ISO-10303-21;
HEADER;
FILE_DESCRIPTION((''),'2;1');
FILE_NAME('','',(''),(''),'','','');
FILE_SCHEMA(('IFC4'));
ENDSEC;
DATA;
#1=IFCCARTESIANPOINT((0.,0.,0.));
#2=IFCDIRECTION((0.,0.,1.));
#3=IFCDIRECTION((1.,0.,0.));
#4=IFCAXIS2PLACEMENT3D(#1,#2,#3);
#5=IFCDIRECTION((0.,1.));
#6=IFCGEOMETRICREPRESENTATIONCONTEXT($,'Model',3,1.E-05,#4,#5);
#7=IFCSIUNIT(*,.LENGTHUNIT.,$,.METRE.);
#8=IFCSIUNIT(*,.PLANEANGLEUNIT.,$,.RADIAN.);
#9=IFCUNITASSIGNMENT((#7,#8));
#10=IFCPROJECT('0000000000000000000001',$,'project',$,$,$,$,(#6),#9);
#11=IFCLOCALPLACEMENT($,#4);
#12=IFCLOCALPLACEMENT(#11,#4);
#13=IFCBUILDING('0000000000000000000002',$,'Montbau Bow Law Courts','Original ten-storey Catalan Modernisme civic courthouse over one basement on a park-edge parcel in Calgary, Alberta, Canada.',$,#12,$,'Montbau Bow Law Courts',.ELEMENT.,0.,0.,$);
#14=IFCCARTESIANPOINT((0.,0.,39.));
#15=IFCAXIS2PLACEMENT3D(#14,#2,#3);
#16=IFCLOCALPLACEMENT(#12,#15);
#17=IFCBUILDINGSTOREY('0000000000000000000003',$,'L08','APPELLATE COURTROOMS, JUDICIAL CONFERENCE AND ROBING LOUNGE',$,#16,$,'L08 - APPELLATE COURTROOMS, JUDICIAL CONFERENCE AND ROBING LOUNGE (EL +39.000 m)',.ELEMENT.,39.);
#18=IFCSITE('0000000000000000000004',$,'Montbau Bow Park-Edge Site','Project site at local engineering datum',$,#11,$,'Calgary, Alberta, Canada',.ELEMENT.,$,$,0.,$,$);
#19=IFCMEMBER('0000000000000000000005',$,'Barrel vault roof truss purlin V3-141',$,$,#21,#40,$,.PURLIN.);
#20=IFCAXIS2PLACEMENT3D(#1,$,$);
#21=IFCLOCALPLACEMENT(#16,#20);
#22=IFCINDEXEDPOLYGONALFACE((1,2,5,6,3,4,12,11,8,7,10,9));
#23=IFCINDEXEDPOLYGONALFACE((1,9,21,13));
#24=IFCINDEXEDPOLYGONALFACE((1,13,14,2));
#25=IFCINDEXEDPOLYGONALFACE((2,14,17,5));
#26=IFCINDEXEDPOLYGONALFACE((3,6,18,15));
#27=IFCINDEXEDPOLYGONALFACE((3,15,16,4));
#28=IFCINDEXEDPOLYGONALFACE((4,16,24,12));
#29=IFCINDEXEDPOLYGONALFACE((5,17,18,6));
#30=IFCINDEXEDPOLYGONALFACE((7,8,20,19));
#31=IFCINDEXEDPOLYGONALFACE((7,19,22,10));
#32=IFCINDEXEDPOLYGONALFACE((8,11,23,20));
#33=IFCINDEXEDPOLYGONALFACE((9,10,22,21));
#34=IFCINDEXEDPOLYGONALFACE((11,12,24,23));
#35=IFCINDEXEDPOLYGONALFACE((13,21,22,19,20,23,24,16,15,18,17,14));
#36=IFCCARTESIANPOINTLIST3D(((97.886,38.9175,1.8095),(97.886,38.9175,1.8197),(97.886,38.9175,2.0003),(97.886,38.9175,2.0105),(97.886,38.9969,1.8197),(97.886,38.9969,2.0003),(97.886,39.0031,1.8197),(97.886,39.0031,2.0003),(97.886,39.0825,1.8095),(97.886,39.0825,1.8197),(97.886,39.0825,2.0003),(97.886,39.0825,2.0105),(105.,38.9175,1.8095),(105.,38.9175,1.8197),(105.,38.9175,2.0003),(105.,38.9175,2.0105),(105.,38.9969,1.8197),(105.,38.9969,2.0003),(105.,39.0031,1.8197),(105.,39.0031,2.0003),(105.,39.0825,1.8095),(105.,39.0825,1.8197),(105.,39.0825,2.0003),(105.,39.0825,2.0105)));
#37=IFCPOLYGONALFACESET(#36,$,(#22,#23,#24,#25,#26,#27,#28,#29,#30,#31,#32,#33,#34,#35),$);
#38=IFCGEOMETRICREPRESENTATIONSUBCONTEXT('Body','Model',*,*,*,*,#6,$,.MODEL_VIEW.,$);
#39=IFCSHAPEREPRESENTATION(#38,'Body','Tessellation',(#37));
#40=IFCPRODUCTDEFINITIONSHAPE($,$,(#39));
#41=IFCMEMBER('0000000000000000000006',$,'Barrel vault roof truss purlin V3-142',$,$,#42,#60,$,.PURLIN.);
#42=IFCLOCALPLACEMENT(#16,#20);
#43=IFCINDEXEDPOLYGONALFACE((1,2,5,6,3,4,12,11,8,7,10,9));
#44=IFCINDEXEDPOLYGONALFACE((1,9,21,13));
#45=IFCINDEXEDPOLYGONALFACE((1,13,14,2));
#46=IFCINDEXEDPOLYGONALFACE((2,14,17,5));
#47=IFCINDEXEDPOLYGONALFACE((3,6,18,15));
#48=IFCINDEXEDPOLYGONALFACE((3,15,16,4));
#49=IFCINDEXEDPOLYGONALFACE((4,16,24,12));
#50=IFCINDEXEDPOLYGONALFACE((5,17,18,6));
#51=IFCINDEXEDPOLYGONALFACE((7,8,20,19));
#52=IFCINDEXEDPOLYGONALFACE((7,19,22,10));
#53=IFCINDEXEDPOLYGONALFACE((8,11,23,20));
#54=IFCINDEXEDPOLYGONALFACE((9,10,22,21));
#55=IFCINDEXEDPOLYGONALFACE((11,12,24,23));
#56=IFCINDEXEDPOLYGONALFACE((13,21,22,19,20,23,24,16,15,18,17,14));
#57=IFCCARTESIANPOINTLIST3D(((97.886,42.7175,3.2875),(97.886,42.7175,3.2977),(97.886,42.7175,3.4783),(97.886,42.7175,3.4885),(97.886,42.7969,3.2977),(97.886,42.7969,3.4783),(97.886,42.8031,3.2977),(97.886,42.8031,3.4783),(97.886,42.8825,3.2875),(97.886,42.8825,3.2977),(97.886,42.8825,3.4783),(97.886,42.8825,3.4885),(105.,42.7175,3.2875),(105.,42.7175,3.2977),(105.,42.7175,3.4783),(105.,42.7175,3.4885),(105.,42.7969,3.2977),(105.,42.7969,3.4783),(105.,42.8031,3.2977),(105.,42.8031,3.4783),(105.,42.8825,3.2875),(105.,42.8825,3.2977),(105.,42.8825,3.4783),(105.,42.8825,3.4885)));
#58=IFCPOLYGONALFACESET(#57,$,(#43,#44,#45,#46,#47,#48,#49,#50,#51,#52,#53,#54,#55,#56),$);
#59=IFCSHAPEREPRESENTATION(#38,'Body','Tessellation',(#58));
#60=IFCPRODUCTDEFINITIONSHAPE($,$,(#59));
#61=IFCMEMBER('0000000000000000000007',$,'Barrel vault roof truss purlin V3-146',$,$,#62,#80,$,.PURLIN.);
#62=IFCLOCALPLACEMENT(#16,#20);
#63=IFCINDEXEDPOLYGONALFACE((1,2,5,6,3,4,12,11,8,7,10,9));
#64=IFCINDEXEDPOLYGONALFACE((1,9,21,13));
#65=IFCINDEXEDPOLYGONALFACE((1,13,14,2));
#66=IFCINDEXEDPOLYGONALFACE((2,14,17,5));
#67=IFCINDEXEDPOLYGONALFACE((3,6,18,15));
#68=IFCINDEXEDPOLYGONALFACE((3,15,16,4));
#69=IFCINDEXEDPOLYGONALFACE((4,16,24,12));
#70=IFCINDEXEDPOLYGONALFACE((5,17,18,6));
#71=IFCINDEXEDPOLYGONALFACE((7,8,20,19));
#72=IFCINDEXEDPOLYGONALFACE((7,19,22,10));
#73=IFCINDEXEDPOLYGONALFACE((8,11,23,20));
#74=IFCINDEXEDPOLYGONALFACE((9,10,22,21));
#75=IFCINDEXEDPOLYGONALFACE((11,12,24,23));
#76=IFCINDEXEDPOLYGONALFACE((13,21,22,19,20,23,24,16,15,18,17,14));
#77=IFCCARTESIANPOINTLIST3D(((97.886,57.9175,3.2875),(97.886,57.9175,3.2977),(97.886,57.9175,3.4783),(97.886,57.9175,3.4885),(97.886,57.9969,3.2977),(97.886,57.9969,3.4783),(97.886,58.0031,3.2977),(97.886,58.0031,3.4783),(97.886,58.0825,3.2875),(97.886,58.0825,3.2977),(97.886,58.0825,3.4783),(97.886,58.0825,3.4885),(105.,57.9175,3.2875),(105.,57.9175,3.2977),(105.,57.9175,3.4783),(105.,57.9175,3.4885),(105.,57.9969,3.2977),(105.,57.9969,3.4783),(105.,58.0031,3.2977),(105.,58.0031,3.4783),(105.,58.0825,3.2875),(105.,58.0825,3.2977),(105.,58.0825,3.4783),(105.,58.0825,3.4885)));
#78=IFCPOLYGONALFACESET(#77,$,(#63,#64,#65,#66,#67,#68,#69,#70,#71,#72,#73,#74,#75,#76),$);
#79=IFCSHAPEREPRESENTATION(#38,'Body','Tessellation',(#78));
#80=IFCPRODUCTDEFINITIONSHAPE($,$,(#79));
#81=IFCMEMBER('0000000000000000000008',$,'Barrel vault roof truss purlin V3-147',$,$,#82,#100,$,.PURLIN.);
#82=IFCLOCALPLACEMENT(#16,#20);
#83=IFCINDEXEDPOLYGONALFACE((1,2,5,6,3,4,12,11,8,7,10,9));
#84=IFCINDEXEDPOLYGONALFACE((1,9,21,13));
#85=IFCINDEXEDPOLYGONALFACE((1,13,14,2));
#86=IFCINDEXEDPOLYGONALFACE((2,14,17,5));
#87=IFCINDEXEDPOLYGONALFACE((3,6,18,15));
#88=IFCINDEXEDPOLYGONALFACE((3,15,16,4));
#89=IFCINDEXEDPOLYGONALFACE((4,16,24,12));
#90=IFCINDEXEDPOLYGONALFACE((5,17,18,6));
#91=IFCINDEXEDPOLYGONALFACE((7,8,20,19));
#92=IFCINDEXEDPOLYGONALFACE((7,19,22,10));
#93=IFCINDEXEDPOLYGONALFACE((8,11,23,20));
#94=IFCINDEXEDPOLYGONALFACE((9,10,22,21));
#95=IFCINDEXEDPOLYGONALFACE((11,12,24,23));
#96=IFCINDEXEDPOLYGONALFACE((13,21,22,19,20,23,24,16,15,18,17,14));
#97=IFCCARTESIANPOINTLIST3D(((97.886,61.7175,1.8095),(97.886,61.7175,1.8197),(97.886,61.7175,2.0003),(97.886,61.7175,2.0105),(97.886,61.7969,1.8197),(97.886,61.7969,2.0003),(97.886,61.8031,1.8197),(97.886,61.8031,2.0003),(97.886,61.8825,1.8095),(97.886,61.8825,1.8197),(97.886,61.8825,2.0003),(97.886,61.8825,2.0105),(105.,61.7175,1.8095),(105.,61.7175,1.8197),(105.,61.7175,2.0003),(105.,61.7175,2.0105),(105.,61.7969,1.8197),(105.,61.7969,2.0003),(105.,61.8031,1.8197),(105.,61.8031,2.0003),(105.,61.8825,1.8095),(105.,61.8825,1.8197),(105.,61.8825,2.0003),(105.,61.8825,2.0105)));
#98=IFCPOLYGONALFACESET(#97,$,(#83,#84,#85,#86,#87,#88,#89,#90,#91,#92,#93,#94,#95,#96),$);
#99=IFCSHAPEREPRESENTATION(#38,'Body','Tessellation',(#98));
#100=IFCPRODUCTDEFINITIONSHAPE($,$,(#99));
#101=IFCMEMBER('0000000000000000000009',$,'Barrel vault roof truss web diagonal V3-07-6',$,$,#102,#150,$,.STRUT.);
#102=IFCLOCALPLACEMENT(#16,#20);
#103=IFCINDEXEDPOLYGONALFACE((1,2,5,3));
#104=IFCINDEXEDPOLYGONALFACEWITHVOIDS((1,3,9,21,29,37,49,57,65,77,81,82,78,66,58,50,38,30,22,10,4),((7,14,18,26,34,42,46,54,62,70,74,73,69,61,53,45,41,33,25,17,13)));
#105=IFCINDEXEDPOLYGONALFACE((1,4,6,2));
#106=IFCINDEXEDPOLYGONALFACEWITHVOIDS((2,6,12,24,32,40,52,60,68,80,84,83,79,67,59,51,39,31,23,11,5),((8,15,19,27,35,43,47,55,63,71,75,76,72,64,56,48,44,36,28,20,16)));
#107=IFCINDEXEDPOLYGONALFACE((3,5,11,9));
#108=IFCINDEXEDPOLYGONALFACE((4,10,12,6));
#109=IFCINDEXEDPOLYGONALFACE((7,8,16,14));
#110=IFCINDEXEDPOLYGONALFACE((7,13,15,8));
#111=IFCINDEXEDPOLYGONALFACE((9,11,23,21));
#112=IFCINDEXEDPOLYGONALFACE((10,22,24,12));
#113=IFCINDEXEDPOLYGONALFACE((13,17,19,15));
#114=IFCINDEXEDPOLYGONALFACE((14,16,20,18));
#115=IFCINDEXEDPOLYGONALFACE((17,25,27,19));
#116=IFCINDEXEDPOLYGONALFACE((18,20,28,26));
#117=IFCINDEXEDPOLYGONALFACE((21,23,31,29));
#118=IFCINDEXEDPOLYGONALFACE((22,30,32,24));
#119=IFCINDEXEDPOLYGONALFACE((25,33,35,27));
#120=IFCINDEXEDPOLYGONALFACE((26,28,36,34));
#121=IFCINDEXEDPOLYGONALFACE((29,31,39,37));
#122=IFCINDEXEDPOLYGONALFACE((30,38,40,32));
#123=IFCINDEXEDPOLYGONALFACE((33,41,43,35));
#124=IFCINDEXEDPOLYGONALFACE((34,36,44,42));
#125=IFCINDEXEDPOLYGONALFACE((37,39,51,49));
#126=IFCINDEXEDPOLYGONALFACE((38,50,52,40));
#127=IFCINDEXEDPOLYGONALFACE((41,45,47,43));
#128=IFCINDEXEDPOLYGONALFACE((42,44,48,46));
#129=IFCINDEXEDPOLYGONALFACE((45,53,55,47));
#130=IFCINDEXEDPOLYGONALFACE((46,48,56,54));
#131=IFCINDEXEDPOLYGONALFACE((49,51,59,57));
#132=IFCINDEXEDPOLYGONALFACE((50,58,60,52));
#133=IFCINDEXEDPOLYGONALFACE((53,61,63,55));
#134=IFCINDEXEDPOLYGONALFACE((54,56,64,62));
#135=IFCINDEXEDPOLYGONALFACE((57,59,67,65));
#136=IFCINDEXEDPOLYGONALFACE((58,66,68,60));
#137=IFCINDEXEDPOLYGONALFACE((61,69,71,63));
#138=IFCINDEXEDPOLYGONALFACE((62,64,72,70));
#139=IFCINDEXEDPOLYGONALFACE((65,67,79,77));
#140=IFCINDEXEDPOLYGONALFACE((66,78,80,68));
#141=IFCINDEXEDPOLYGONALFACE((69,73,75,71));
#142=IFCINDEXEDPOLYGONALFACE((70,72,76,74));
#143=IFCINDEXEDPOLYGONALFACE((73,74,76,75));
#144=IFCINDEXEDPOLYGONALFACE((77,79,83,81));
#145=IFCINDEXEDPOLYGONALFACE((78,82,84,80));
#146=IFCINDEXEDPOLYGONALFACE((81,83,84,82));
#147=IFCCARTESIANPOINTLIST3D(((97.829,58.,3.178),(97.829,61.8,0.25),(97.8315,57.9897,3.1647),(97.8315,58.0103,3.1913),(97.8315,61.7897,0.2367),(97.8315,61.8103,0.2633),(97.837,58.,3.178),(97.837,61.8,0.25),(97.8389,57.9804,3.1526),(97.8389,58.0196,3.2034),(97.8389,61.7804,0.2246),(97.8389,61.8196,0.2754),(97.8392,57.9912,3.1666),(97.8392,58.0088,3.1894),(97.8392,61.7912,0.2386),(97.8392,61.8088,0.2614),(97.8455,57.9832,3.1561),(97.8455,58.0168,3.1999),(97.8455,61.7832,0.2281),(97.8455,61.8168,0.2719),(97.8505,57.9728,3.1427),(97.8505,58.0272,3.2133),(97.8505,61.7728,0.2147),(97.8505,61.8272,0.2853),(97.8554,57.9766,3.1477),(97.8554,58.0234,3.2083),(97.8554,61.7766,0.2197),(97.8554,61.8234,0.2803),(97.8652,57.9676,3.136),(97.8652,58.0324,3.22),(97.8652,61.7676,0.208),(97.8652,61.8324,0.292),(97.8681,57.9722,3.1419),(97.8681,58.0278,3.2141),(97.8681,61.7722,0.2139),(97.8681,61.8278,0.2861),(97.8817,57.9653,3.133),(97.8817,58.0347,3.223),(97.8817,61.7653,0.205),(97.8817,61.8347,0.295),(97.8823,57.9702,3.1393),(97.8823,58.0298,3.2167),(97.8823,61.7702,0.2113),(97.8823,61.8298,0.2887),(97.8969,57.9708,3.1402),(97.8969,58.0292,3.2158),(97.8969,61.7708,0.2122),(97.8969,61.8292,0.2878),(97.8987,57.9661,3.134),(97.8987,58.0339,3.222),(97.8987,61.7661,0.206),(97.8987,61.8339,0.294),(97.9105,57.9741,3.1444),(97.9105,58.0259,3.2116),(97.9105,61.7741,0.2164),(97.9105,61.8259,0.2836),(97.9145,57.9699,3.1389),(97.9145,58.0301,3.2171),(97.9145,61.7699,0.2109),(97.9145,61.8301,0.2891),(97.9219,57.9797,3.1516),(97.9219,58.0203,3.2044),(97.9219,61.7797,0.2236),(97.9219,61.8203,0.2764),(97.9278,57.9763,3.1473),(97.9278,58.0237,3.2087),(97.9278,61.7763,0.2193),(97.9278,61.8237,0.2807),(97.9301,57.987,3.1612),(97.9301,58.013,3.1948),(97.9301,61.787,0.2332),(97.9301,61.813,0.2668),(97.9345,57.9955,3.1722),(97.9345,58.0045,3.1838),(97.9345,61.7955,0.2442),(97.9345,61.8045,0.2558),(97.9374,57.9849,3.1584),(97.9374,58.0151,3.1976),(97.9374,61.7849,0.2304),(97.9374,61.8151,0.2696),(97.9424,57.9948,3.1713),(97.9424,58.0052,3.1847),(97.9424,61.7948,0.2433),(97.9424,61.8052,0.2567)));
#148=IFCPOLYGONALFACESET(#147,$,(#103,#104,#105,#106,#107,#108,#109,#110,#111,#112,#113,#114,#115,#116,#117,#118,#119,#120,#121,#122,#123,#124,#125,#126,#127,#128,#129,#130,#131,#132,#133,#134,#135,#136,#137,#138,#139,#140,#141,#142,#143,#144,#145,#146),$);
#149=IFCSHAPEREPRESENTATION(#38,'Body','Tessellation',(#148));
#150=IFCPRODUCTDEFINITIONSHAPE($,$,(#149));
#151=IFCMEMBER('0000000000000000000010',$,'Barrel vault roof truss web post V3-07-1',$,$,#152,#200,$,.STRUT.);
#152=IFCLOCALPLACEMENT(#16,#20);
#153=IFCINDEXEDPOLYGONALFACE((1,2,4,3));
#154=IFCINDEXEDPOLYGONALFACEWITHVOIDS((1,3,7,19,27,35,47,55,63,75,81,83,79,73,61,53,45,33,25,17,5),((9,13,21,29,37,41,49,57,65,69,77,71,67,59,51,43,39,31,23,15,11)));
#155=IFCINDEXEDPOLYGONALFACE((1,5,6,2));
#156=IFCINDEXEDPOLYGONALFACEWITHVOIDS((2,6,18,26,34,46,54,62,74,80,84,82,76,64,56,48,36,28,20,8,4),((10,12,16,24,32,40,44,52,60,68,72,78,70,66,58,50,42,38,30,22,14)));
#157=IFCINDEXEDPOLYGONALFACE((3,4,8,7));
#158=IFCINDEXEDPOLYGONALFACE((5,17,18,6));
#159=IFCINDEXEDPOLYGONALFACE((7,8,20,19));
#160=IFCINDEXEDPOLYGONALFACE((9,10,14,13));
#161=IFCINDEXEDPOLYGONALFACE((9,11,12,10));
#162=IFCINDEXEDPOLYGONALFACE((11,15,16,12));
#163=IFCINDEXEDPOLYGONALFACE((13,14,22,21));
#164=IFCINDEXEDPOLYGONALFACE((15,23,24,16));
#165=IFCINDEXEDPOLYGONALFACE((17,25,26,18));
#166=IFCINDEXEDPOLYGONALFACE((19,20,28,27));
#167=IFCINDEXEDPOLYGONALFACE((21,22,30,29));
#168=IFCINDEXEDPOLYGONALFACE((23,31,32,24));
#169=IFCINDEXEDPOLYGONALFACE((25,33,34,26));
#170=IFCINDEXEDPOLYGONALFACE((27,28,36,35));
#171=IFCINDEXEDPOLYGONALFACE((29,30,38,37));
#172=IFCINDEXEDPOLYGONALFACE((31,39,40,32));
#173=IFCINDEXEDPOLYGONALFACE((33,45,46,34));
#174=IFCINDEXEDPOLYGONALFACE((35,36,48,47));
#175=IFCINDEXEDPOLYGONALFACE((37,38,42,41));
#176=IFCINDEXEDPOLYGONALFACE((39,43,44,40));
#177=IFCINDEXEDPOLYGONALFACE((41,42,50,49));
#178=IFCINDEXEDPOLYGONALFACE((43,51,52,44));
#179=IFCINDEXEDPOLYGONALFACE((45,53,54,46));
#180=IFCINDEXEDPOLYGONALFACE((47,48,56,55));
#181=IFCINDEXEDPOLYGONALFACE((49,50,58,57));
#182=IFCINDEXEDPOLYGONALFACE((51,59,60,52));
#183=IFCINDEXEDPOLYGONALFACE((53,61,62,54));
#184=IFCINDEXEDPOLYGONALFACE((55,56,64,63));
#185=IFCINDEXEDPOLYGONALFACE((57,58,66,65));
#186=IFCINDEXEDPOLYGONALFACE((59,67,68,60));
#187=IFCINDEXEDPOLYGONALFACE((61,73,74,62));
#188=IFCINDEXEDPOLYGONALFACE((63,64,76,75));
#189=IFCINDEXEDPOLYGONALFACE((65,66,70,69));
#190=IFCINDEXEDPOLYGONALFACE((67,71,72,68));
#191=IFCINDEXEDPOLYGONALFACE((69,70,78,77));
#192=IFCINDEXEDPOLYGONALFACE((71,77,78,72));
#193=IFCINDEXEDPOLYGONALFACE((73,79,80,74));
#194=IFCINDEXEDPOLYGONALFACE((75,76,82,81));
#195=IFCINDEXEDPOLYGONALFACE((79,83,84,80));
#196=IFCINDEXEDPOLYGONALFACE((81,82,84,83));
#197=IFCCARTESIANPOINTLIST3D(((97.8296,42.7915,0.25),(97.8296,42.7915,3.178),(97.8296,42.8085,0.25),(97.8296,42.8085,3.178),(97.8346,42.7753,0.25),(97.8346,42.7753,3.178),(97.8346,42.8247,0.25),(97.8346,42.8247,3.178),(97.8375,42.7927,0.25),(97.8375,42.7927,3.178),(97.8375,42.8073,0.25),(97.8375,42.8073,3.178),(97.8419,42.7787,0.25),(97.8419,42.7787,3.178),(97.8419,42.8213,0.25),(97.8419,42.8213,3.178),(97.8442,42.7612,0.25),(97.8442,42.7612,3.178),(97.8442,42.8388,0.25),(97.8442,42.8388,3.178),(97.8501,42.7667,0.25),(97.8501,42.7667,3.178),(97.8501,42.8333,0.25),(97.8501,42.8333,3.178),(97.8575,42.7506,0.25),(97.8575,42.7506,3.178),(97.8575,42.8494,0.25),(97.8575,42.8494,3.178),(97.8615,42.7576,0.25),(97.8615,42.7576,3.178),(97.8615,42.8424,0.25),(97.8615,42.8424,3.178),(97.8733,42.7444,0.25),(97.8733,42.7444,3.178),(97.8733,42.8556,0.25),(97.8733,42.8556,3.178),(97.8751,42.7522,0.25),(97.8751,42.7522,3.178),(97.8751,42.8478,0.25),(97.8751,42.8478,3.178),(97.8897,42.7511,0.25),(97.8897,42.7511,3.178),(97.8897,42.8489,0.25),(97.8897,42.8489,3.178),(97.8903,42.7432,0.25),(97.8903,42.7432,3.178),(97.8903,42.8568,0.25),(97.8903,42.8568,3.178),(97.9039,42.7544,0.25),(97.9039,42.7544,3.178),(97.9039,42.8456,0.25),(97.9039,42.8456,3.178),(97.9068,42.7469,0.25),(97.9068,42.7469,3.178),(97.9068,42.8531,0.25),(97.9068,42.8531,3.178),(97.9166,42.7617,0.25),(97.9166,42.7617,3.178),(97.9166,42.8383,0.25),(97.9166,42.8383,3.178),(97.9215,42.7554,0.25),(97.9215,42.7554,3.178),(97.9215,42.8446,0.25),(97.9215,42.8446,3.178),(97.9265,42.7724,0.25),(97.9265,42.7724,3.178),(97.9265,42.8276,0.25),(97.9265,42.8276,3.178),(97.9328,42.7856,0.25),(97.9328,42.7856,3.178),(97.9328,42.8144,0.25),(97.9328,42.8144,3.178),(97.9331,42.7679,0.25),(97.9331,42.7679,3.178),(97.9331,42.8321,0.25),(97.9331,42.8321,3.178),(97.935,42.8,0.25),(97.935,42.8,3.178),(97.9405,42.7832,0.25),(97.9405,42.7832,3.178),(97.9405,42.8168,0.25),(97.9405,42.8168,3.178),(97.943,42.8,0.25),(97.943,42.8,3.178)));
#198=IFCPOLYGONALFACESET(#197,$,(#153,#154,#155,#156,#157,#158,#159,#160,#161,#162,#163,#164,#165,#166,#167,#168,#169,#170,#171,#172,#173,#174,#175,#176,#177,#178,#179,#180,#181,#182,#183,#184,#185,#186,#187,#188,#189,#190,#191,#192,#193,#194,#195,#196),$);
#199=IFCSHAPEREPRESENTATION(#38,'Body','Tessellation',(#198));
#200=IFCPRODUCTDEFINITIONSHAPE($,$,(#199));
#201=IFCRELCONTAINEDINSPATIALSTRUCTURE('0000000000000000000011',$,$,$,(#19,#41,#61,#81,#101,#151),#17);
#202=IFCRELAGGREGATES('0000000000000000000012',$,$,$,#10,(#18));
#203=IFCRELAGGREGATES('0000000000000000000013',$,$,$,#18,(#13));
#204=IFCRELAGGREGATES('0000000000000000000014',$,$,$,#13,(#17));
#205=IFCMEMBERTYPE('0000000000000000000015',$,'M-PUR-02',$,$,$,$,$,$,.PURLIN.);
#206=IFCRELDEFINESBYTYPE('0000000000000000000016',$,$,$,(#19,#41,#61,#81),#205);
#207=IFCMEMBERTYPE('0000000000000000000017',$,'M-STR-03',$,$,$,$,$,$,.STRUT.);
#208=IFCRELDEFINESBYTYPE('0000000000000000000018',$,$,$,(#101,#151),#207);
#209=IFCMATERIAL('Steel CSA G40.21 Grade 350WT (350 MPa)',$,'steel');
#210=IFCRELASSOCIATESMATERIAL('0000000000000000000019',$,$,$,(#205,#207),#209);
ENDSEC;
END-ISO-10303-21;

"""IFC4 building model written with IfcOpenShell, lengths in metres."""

from ifc_helpers import new_model, si_unit, direction, frame, origin_with_axes, origin_2d_with_axis, place, context, subcontext, project, spatial, hollow_circle, i_section, extrude, material, material_profile, profile_set, type_object, element, save


model = new_model("IFC4")

# Units and contexts
model_context = context("Model", 3, precision=1e-05, world=origin_with_axes(), true_north=direction((0.0, 1.0)))
body_context = subcontext(model_context, "Body", "Model", "MODEL_VIEW")
ifc_project = project(units=[si_unit("LENGTHUNIT", "METRE"), si_unit("PLANEANGLEUNIT", "RADIAN")], contexts=[model_context])

# Site, building, storey
site_placement = place(None, origin_with_axes())
site = spatial("IfcSite", under=ifc_project, at=site_placement, Name="Montbau Bow Park-Edge Site", Description="Project site at local engineering datum", LongName="Calgary, Alberta, Canada", CompositionType="ELEMENT", RefElevation=0.0)
building_placement = place(site_placement, origin_with_axes())
building = spatial("IfcBuilding", under=site, at=building_placement, Name="Montbau Bow Law Courts", Description="Original ten-storey Catalan Modernisme civic courthouse over one basement on a park-edge parcel in Calgary, Alberta, Canada.", LongName="Montbau Bow Law Courts", CompositionType="ELEMENT", ElevationOfRefHeight=0.0, ElevationOfTerrain=0.0)
storey_placement = place(building_placement, frame((0.0, 0.0, 39.0), z_axis=(0.0, 0.0, 1.0), x_axis=(1.0, 0.0, 0.0)))
storey = spatial("IfcBuildingStorey", under=building, at=storey_placement, Name="L08", Description="APPELLATE COURTROOMS, JUDICIAL CONFERENCE AND ROBING LOUNGE", LongName="L08 - APPELLATE COURTROOMS, JUDICIAL CONFERENCE AND ROBING LOUNGE (EL +39.000 m)", CompositionType="ELEMENT", Elevation=39.0)

# Shared definitions
ifc_material_1 = material(Name="Steel CSA G40.21 Grade 350WT (350 MPa)", Category="steel")

# Members
ifc_material_profile_1 = material_profile(ifc_material_1, i_section(OverallWidth=0.165, OverallDepth=0.201, WebThickness=0.0062, FlangeThickness=0.0102, at=origin_2d_with_axis()), Name="W200X36", Category="Main", Priority=0)
ifc_profile_set_1 = profile_set([ifc_material_profile_1], Name="Steel CSA G40.21 Grade 350WT (350 MPa)")
member_type_1 = type_object("IfcMemberType", Name="M-PUR-02", PredefinedType="PURLIN", material=ifc_profile_set_1)
for number, where, z_axis, x_axis, name in (
    (1, (97.886, 39.0, 40.91), (1.0, 0.0, 0.0), (0.0, 1.0, 0.0), "Barrel vault roof truss purlin V3-141"),
    (2, (97.886, 42.8, 42.388), (1.0, 0.0, 0.0), (0.0, 1.0, 0.0), "Barrel vault roof truss purlin V3-142"),
    (3, (97.886, 58.0, 42.388), (1.0, 0.0, 0.0), (0.0, 1.0, 0.0), "Barrel vault roof truss purlin V3-146"),
    (4, (97.886, 61.8, 40.91), (1.0, 0.0, 0.0), (0.0, 1.0, 0.0), "Barrel vault roof truss purlin V3-147"),
):
    element("IfcMember", number, at=place(None, frame(where, z_axis=z_axis, x_axis=x_axis)), inside=storey, type_object=member_type_1, Name=name, PredefinedType="PURLIN", context=body_context, shape_type="SweptSolid", body=[
        extrude(i_section(OverallWidth=0.165, OverallDepth=0.201, WebThickness=0.0062, FlangeThickness=0.0102, at=origin_2d_with_axis()), origin_with_axes(), (0.0, 0.0, 1.0), 7.114),
    ])
ifc_material_profile_2 = material_profile(ifc_material_1, hollow_circle(Radius=0.057, WallThickness=0.008, at=origin_2d_with_axis()), Name="HSS114X8.0", Category="Main", Priority=0)
ifc_profile_set_2 = profile_set([ifc_material_profile_2], Name="Steel CSA G40.21 Grade 350WT (350 MPa)")
member_type_2 = type_object("IfcMemberType", Name="M-STR-03", PredefinedType="STRUT", material=ifc_profile_set_2)
member_1_placement = place(None, frame((97.886, 58.0, 42.178), z_axis=(0.0, 0.792128, -0.610355), x_axis=(-1.0, 0.0, 0.0)))
element("IfcMember", 5, at=member_1_placement, inside=storey, type_object=member_type_2, Name="Barrel vault roof truss web diagonal V3-07-6", PredefinedType="STRUT", context=body_context, shape_type="SweptSolid", body=[
    extrude(hollow_circle(Radius=0.057, WallThickness=0.008, at=origin_2d_with_axis()), origin_with_axes(), (0.0, 0.0, 1.0), 4.7972),
])
member_2_placement = place(None, frame((97.886, 42.8, 39.25), z_axis=(0.0, 0.0, 1.0), x_axis=(1.0, 0.0, 0.0)))
element("IfcMember", 6, at=member_2_placement, inside=storey, type_object=member_type_2, Name="Barrel vault roof truss web post V3-07-1", PredefinedType="STRUT", context=body_context, shape_type="SweptSolid", body=[
    extrude(hollow_circle(Radius=0.057, WallThickness=0.008, at=origin_2d_with_axis()), origin_with_axes(), (0.0, 0.0, 1.0), 2.928),
])

save(model, "model.ifc")
